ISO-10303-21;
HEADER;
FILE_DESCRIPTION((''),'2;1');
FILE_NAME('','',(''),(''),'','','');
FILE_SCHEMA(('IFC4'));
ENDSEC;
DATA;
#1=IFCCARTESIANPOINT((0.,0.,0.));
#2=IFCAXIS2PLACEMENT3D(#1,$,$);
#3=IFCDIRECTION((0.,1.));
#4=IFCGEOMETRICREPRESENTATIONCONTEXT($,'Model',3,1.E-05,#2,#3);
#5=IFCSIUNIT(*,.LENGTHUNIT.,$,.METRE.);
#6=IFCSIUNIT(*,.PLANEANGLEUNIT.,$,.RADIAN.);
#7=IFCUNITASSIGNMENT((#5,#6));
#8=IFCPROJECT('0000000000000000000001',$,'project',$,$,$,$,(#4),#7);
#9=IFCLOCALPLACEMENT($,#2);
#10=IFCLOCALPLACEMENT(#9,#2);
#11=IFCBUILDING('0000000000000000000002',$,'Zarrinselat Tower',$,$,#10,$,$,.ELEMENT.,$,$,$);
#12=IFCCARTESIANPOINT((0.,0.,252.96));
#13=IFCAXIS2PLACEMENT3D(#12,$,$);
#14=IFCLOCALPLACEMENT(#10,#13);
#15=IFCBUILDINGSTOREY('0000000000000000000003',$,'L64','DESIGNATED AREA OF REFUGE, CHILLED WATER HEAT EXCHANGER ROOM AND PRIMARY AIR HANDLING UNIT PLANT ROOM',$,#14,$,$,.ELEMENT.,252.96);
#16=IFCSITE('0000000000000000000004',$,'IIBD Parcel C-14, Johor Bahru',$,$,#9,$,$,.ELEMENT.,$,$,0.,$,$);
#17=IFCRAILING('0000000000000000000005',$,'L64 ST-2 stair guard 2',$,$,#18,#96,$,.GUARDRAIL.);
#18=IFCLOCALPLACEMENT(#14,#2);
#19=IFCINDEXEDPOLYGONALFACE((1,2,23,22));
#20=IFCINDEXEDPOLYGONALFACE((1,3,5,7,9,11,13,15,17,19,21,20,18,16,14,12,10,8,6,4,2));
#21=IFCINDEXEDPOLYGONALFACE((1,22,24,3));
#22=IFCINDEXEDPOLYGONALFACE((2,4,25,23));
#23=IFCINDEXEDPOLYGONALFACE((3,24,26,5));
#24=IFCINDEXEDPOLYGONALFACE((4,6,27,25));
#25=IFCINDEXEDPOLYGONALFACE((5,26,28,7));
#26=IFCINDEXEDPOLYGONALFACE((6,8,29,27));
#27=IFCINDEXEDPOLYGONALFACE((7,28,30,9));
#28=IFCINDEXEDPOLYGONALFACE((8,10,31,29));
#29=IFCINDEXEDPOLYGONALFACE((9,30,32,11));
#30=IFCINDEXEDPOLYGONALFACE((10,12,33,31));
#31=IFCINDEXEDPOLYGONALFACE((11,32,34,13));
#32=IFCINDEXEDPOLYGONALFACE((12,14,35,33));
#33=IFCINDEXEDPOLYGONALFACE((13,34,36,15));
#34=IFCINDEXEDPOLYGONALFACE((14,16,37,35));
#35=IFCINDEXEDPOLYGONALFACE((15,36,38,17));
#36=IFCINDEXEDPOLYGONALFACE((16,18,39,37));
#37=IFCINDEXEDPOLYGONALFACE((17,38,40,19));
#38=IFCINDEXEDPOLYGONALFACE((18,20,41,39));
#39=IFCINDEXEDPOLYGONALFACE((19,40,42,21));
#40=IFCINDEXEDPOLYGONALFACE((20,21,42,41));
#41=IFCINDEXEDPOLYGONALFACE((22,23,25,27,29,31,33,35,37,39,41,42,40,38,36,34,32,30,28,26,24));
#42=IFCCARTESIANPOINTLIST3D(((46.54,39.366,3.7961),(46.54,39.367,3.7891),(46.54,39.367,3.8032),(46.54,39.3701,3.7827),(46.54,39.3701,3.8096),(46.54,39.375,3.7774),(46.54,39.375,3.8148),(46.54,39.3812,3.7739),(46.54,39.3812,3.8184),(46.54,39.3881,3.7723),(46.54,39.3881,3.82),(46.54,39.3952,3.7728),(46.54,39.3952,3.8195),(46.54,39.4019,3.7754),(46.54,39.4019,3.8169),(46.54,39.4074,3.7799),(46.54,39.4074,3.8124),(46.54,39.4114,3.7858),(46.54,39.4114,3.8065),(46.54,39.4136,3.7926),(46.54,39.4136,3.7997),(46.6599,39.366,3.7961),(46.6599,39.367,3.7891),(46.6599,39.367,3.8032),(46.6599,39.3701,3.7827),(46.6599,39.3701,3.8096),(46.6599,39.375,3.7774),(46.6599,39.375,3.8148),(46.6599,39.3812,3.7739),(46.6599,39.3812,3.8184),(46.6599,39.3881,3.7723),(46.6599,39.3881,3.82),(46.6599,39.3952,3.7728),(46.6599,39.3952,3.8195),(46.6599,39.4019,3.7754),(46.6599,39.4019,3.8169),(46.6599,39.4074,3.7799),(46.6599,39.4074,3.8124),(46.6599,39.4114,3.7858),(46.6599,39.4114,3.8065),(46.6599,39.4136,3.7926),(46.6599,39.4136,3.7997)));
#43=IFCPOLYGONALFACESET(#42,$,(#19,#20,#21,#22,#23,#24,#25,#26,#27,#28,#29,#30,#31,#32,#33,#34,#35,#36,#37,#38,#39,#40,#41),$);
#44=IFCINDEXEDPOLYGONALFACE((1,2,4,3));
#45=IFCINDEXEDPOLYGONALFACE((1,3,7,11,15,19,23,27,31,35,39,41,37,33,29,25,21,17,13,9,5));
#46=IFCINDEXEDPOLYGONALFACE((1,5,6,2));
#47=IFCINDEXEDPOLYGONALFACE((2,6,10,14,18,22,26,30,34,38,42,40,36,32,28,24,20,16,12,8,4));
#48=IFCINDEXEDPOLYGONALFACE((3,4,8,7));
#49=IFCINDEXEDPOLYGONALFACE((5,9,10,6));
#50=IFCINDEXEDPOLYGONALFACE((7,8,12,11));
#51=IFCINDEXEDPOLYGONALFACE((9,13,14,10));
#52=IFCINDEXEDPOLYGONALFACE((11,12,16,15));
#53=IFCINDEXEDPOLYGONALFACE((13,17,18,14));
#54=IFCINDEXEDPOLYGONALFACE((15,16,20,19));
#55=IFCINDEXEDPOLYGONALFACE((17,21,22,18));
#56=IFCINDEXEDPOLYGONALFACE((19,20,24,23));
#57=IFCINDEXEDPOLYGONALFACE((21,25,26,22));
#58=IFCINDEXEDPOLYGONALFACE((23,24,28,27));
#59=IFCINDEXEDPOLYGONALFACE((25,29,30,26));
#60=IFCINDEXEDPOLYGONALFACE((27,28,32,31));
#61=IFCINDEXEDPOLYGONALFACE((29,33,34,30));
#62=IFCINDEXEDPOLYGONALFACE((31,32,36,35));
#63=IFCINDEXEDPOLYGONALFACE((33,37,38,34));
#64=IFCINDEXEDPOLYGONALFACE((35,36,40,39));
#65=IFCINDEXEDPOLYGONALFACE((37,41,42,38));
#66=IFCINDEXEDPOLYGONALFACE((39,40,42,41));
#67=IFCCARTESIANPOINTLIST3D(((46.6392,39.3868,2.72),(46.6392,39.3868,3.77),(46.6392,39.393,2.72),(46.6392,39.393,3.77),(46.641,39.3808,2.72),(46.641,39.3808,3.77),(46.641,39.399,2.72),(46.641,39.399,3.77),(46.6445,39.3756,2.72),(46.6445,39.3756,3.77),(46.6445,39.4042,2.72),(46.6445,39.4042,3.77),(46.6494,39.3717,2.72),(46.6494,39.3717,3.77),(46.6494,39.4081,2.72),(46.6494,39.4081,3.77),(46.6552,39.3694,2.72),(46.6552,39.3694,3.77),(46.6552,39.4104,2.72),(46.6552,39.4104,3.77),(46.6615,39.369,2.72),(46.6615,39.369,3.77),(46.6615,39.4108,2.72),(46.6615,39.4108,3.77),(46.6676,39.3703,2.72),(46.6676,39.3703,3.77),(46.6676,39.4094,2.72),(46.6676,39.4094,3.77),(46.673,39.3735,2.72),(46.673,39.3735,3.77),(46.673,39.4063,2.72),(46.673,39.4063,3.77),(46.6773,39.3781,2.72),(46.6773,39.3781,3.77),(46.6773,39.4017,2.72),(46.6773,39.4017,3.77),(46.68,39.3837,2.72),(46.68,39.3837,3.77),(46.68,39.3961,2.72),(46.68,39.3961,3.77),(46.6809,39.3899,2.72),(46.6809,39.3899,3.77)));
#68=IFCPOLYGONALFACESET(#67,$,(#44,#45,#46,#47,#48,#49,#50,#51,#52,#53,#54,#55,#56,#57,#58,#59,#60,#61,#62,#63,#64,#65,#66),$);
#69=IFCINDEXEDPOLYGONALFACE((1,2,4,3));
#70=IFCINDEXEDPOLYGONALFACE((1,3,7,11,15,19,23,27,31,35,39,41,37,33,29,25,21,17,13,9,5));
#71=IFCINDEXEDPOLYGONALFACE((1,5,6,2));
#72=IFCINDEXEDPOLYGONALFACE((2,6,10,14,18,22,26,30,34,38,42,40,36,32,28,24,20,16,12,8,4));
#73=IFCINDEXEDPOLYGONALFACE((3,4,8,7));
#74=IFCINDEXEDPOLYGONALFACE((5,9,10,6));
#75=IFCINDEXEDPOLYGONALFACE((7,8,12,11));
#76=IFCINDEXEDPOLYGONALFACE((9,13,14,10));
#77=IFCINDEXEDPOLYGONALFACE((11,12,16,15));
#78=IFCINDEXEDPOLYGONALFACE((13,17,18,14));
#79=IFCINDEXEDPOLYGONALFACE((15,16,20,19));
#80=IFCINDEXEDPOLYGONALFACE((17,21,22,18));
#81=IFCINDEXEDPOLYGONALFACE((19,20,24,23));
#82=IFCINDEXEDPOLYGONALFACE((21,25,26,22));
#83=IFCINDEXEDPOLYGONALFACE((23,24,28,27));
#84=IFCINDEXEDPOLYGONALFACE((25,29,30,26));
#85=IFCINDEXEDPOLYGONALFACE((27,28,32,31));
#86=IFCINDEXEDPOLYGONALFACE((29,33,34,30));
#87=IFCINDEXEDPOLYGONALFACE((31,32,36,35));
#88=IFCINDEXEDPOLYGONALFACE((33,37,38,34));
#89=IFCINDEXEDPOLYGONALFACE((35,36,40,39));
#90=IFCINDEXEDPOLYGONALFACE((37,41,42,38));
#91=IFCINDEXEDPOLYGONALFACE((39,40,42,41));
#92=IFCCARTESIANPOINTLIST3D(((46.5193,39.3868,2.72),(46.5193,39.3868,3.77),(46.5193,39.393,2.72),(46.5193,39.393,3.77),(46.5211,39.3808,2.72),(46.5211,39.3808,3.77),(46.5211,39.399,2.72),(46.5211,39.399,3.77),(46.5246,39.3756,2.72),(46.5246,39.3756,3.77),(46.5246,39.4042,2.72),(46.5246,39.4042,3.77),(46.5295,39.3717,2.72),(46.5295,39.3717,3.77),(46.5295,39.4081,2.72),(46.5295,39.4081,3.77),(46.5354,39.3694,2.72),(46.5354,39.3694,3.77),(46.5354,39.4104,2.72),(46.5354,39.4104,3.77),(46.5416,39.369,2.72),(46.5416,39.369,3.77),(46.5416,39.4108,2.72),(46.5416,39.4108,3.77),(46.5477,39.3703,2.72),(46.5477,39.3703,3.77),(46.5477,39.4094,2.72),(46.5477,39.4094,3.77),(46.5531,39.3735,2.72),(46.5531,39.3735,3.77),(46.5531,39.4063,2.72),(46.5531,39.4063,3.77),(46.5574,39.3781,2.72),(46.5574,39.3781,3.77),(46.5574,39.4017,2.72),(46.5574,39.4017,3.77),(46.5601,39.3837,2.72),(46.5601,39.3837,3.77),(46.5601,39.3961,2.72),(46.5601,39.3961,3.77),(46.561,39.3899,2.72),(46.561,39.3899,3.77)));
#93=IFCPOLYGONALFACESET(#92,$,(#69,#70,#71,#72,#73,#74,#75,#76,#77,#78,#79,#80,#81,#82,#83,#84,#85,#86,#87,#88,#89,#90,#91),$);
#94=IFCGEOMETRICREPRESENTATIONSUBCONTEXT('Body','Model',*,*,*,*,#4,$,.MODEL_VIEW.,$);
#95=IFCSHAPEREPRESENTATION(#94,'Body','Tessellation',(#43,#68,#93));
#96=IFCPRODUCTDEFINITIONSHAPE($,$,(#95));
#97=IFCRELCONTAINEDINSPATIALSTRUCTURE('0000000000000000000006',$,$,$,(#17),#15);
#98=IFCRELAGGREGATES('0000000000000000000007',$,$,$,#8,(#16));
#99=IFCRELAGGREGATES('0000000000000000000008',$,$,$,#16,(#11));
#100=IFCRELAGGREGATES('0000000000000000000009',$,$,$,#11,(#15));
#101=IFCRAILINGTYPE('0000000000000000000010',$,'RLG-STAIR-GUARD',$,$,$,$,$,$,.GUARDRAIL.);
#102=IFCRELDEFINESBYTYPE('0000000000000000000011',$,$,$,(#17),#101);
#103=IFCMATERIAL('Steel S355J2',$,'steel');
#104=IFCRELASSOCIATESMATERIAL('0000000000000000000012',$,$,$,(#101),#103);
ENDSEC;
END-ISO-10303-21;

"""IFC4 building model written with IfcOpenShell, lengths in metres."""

from ifc_helpers import new_model, si_unit, direction, frame, origin, origin_2d, place, context, subcontext, project, spatial, circle, extrude, material, type_object, element, save


model = new_model("IFC4")

# Units and contexts
model_context = context("Model", 3, precision=1e-05, world=origin(), true_north=direction((0.0, 1.0)))
body_context = subcontext(model_context, "Body", "Model", "MODEL_VIEW")
ifc_project = project(units=[si_unit("LENGTHUNIT", "METRE"), si_unit("PLANEANGLEUNIT", "RADIAN")], contexts=[model_context])

# Site, building, storey
site_placement = place(None, origin())
site = spatial("IfcSite", under=ifc_project, at=site_placement, Name="IIBD Parcel C-14, Johor Bahru", CompositionType="ELEMENT", RefElevation=0.0)
building_placement = place(site_placement, origin())
building = spatial("IfcBuilding", under=site, at=building_placement, Name="Zarrinselat Tower", CompositionType="ELEMENT")
storey_placement = place(building_placement, frame((0.0, 0.0, 252.96)))
storey = spatial("IfcBuildingStorey", under=building, at=storey_placement, Name="L64", Description="DESIGNATED AREA OF REFUGE, CHILLED WATER HEAT EXCHANGER ROOM AND PRIMARY AIR HANDLING UNIT PLANT ROOM", CompositionType="ELEMENT", Elevation=252.96)

# Railing
ifc_material_1 = material(Name="Steel S355J2", Category="steel")
railing_type_1 = type_object("IfcRailingType", Name="RLG-STAIR-GUARD", PredefinedType="GUARDRAIL", material=ifc_material_1)
railing_1_placement = place(storey_placement, frame((46.6599, 39.3899, 2.72)))
element("IfcRailing", 1, at=railing_1_placement, inside=storey, type_object=railing_type_1, Name="L64 ST-2 stair guard 2", PredefinedType="GUARDRAIL", context=body_context, shape_type="SweptSolid", body=[
    extrude(circle(Radius=0.0239, at=origin_2d()), frame((0.0, 0.0, 1.0762), z_axis=(-1.0, 0.0, 0.0), x_axis=(0.0, -1.0, 0.0)), (0.0, 0.0, 1.0), 0.1199),
    extrude(circle(Radius=0.021, at=origin_2d()), origin(), (0.0, 0.0, 1.0), 1.05),
    extrude(circle(Radius=0.021, at=origin_2d()), frame((-0.1199, 0.0, 0.0)), (0.0, 0.0, 1.0), 1.05),
])

save(model, "model.ifc")
